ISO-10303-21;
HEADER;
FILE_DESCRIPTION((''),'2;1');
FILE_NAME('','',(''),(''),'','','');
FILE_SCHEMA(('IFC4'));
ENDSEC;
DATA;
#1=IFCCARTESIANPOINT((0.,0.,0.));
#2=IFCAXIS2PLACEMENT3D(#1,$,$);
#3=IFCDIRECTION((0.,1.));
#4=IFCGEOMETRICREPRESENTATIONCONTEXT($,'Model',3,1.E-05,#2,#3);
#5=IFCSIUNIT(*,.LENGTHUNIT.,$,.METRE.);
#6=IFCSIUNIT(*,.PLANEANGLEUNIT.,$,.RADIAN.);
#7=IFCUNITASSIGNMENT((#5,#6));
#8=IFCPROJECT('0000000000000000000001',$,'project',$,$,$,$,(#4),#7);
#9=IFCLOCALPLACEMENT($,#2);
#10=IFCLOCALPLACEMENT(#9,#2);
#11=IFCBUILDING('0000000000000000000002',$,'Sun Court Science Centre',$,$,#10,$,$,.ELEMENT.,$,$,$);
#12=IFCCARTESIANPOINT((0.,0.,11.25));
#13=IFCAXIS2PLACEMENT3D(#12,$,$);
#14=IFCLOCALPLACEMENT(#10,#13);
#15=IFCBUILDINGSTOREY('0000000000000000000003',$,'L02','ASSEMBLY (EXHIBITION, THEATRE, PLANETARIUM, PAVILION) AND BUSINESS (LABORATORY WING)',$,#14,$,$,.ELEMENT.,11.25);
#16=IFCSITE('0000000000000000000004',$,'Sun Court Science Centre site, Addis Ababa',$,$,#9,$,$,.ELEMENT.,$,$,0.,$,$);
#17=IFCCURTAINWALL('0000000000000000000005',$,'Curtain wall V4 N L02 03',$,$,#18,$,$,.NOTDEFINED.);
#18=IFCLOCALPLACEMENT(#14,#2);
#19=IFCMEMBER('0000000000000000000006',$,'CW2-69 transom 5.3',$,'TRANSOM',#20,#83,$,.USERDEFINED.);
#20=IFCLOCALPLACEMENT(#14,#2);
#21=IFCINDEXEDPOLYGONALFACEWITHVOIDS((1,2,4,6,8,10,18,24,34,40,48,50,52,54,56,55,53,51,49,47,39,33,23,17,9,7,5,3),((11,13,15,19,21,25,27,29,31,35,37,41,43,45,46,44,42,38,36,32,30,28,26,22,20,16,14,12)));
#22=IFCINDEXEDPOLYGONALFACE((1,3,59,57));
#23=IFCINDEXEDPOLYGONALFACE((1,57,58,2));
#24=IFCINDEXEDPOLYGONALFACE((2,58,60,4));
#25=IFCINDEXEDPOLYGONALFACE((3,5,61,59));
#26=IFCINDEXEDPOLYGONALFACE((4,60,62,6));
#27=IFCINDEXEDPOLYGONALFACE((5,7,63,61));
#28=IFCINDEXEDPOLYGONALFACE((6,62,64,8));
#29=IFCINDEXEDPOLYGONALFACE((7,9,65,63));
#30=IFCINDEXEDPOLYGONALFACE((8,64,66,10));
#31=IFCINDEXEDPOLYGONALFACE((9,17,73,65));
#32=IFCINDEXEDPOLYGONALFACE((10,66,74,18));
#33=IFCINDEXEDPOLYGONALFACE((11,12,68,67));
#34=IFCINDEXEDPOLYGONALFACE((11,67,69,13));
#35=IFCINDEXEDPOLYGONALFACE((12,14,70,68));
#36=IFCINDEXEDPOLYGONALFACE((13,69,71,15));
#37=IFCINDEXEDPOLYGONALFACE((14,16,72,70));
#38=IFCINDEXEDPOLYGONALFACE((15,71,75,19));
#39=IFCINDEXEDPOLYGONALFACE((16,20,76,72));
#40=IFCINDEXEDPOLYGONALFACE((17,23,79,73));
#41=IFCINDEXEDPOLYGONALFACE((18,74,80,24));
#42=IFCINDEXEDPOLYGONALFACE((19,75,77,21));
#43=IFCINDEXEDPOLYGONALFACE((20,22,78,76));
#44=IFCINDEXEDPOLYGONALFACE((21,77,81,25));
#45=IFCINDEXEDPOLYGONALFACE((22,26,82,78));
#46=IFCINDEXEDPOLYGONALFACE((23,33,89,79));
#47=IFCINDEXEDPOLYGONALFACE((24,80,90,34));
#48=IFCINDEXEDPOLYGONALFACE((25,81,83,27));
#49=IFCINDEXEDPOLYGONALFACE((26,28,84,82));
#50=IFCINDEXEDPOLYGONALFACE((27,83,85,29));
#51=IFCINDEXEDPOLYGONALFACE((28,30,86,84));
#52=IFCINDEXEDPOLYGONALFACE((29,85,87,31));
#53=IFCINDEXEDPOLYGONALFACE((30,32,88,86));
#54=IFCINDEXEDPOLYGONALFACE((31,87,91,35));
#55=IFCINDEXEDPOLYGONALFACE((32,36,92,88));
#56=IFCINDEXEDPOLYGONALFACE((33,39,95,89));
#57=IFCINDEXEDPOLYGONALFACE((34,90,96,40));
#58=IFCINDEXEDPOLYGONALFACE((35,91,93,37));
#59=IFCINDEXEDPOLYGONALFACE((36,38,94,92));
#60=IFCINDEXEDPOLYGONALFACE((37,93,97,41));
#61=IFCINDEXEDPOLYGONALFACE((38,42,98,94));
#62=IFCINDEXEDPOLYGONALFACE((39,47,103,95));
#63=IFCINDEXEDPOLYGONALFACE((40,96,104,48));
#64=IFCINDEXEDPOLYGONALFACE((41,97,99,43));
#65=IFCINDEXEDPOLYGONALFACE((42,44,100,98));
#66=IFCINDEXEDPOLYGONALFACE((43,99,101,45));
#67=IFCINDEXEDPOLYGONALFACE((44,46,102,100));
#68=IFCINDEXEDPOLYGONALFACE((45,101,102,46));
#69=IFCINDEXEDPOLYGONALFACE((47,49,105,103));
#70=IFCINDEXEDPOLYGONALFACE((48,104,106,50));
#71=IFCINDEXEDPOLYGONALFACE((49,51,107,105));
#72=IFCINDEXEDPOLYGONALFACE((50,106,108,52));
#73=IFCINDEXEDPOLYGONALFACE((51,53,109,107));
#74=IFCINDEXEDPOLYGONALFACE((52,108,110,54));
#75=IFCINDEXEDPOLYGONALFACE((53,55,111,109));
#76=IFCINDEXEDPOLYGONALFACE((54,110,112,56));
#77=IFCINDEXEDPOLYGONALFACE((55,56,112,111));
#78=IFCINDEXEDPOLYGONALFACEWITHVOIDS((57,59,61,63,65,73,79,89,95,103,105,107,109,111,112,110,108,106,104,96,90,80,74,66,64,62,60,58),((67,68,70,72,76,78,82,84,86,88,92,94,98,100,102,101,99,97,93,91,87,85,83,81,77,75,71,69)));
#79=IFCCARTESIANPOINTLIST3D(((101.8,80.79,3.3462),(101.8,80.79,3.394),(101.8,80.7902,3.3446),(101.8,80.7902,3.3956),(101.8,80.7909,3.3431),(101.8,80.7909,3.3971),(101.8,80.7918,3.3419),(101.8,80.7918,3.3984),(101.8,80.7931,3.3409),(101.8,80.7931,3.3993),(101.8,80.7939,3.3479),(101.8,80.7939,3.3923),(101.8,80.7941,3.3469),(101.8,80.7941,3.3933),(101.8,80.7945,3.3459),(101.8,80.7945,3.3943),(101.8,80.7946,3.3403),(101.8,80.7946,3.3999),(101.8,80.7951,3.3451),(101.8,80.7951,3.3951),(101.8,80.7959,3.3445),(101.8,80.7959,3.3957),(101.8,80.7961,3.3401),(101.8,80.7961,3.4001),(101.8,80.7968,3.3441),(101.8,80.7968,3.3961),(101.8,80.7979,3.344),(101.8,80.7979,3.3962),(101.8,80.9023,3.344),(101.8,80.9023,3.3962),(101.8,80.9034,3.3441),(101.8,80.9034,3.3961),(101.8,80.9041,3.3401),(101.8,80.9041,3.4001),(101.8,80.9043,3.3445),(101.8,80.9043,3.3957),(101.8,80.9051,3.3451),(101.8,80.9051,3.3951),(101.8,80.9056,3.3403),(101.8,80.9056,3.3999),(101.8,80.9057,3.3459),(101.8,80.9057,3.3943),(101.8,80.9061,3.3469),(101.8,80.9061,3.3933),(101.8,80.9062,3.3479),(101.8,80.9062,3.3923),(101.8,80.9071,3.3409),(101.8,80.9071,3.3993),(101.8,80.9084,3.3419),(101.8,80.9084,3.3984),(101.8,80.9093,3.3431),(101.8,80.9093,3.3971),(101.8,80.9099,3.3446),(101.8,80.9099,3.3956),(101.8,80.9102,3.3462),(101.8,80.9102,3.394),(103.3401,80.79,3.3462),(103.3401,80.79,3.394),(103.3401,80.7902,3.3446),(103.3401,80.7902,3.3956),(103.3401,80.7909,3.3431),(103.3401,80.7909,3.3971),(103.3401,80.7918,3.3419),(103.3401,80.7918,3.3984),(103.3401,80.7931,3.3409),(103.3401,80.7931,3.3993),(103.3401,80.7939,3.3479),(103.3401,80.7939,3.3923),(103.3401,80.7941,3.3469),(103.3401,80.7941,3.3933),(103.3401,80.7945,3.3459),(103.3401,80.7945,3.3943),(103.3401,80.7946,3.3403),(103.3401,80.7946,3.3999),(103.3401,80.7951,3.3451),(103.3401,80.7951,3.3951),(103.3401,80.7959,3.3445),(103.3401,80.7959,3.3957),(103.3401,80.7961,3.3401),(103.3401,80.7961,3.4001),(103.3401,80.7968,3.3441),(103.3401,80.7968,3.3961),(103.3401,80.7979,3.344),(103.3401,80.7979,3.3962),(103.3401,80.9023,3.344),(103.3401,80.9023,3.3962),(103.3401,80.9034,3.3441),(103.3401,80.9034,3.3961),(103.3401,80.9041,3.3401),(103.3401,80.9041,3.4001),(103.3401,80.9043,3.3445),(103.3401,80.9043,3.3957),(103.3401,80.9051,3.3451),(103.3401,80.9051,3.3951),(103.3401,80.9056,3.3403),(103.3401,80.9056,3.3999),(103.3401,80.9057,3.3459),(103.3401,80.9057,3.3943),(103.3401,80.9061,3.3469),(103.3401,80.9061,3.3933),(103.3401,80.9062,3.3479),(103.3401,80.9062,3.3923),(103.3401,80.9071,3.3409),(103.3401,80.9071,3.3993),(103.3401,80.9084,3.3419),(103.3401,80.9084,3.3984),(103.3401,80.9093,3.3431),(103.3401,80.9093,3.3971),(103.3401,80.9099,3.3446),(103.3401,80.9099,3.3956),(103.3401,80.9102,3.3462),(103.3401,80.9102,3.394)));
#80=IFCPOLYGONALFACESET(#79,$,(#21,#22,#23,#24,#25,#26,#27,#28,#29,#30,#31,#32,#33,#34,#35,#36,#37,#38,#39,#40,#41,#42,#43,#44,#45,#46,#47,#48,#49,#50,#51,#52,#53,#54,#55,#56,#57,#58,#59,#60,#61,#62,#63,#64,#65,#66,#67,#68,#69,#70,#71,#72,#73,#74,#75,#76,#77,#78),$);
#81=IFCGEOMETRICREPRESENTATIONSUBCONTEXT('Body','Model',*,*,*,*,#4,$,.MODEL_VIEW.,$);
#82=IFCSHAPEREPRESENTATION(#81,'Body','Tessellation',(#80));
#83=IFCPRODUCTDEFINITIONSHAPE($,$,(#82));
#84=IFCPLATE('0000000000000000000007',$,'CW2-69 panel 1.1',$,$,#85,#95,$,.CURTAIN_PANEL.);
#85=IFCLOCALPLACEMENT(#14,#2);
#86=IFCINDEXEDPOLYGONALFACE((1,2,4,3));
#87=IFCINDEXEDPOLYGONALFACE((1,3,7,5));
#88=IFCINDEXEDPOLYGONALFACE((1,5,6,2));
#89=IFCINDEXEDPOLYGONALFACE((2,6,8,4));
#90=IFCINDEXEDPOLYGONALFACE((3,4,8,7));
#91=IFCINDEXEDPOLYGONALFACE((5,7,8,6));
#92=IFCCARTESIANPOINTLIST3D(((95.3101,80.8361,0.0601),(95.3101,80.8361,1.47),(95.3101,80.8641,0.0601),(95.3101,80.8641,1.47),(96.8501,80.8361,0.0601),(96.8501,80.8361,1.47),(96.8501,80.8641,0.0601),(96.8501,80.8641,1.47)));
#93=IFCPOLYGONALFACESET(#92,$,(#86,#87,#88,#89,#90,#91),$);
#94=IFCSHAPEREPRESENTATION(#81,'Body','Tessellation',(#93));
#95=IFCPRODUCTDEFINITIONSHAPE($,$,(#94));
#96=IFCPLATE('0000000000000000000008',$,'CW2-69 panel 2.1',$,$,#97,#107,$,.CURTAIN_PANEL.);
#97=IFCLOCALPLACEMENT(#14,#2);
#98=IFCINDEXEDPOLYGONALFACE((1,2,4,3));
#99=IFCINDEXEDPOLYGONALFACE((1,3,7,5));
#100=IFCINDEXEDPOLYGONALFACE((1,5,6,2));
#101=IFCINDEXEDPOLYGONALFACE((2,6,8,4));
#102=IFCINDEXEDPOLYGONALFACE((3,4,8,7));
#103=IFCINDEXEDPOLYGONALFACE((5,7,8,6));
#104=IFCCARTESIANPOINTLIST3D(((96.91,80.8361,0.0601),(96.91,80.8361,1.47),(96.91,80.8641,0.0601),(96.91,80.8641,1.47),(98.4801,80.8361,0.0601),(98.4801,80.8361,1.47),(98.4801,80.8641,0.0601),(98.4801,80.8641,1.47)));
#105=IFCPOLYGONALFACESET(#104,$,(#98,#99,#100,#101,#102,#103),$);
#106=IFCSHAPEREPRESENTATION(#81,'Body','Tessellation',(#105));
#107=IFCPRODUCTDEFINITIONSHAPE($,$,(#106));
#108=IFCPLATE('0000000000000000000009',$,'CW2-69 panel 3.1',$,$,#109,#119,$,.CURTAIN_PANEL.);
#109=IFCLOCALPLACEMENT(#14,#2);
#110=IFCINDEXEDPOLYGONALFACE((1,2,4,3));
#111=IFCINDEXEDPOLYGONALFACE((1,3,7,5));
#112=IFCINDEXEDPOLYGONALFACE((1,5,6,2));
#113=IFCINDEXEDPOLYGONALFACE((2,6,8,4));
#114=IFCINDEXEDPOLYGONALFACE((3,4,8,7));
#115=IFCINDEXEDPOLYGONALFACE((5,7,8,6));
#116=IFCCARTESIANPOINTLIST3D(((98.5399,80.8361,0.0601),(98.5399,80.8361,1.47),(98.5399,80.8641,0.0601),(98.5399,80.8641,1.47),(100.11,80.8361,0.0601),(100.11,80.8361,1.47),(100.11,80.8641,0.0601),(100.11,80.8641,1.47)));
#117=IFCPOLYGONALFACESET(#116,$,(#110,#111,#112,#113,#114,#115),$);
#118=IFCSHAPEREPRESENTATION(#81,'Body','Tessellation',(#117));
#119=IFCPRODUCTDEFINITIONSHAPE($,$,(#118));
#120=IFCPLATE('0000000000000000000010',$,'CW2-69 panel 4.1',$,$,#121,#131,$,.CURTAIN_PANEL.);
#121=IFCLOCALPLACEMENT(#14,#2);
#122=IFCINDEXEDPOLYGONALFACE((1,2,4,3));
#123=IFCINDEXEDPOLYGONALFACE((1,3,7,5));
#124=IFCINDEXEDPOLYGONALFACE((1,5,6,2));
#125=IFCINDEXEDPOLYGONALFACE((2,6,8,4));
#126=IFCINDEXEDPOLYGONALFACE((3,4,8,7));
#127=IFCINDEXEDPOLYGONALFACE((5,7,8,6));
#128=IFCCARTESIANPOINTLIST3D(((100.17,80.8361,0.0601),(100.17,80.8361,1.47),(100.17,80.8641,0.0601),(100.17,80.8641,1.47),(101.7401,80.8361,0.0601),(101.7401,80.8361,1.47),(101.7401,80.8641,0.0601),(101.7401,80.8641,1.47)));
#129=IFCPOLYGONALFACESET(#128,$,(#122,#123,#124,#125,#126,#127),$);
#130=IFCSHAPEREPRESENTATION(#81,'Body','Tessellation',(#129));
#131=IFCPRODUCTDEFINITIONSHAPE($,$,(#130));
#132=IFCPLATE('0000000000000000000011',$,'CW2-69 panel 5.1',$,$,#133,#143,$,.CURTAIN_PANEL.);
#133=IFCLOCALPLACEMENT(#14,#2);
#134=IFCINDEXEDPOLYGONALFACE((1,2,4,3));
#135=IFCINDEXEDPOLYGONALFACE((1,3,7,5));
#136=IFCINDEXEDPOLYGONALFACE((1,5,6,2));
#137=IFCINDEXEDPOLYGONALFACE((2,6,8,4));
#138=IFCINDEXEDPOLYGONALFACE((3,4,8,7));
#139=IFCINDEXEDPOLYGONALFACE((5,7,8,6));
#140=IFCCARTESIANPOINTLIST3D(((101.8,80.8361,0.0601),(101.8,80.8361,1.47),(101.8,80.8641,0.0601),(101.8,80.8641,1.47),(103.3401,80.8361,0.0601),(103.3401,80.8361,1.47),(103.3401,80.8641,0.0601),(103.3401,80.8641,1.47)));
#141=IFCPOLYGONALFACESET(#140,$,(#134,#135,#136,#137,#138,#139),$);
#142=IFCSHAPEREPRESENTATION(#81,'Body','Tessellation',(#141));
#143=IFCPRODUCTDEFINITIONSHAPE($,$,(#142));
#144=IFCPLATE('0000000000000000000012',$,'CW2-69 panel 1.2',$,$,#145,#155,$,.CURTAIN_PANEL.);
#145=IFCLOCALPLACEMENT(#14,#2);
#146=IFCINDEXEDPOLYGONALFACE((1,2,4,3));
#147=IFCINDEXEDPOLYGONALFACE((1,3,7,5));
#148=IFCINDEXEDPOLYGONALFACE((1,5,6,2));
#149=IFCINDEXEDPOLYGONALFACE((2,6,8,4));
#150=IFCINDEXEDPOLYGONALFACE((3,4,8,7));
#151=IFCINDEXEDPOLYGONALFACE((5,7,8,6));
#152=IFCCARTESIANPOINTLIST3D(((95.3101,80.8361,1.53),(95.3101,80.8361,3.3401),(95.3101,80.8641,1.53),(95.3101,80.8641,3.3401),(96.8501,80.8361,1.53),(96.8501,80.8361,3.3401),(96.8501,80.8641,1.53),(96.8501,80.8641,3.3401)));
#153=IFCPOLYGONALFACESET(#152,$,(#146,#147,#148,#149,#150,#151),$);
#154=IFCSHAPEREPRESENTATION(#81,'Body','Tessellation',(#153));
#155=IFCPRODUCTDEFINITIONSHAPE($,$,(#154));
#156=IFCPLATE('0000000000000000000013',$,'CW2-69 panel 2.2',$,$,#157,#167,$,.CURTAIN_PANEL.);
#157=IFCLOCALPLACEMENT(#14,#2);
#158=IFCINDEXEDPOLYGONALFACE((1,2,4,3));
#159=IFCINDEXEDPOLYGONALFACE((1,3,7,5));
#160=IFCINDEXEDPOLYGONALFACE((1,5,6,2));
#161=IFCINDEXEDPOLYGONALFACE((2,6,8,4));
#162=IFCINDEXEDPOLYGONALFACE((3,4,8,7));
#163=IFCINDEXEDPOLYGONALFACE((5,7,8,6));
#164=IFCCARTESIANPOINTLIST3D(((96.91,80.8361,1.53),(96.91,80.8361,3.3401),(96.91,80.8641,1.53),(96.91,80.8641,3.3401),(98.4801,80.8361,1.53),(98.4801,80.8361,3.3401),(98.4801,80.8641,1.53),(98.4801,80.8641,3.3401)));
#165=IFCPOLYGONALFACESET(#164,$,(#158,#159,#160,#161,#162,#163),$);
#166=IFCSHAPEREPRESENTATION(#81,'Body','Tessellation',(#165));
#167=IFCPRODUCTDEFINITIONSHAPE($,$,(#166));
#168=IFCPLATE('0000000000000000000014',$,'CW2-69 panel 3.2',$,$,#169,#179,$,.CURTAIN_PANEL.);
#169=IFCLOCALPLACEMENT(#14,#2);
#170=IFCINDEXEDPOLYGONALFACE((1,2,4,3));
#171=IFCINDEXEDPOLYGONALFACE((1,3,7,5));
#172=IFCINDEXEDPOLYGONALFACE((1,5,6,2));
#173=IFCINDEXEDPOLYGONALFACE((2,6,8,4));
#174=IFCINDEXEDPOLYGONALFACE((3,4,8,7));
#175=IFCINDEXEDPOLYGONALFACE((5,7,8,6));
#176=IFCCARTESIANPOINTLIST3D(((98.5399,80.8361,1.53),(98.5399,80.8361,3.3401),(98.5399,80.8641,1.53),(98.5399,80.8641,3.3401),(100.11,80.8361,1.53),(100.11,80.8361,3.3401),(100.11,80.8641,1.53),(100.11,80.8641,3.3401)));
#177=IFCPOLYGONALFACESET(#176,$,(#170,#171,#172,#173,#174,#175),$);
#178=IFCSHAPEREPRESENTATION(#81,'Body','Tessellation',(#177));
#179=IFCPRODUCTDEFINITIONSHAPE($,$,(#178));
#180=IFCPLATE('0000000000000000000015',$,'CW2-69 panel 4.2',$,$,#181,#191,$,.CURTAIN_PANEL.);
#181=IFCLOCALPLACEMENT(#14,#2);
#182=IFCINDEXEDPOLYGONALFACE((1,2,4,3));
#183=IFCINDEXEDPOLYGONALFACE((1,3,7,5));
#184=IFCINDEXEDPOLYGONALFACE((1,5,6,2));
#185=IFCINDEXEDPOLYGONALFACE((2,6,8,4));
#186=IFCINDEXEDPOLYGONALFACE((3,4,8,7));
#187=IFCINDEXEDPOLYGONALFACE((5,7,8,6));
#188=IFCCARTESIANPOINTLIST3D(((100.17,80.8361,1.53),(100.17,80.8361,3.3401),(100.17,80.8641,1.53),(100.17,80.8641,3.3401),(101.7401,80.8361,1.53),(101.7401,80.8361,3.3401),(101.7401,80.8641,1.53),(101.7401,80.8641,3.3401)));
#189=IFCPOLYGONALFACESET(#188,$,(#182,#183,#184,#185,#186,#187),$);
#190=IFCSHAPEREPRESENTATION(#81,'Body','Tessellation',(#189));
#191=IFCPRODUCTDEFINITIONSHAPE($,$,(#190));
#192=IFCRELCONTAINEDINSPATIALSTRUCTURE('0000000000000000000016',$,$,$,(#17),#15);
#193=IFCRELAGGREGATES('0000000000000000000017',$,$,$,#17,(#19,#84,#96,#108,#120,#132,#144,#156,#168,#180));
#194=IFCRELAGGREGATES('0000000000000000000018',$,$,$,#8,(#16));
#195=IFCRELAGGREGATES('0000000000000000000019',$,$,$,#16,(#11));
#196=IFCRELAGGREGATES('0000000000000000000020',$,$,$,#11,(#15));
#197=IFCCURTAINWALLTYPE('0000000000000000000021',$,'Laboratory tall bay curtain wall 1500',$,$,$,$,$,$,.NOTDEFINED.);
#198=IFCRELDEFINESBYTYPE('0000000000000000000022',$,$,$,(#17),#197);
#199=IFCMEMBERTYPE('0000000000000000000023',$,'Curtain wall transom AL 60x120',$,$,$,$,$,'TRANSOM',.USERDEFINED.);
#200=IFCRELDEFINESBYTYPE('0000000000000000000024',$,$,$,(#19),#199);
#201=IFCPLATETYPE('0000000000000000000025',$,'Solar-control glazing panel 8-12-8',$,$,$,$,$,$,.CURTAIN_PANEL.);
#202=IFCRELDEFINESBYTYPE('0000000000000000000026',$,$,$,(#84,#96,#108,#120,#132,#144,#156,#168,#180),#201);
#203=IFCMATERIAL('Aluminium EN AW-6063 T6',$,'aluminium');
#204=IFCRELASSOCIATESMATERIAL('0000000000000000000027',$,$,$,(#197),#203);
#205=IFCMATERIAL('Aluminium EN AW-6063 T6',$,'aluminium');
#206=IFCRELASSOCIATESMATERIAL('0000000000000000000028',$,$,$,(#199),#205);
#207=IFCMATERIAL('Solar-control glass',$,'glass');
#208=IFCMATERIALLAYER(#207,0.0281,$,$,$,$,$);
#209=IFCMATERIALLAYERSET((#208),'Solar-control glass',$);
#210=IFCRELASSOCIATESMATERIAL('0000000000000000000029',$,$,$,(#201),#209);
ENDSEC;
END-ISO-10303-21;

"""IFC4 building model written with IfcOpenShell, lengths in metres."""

from ifc_helpers import new_model, si_unit, direction, frame, origin, origin_2d, place, context, subcontext, project, spatial, rectangle, hollow_rectangle, extrude, material, layer, layer_set, material_profile, profile_set, type_object, element, aggregate, save


model = new_model("IFC4")

# Units and contexts
model_context = context("Model", 3, precision=1e-05, world=origin(), true_north=direction((0.0, 1.0)))
body_context = subcontext(model_context, "Body", "Model", "MODEL_VIEW")
ifc_project = project(units=[si_unit("LENGTHUNIT", "METRE"), si_unit("PLANEANGLEUNIT", "RADIAN")], contexts=[model_context])

# Site, building, storey
site_placement = place(None, origin())
site = spatial("IfcSite", under=ifc_project, at=site_placement, Name="Sun Court Science Centre site, Addis Ababa", CompositionType="ELEMENT", RefElevation=0.0)
building_placement = place(site_placement, origin())
building = spatial("IfcBuilding", under=site, at=building_placement, Name="Sun Court Science Centre", CompositionType="ELEMENT")
storey_placement = place(building_placement, frame((0.0, 0.0, 11.25)))
storey = spatial("IfcBuildingStorey", under=building, at=storey_placement, Name="L02", Description="ASSEMBLY (EXHIBITION, THEATRE, PLANETARIUM, PAVILION) AND BUSINESS (LABORATORY WING)", CompositionType="ELEMENT", Elevation=11.25)

# Curtain wall, member, plates
ifc_material_1 = material(Name="Aluminium EN AW-6063 T6", Category="aluminium")
curtain_wall_type = type_object("IfcCurtainWallType", Name="Laboratory tall bay curtain wall 1500", PredefinedType="NOTDEFINED", material=ifc_material_1)
curtain_wall_placement = place(storey_placement, origin())
curtain_wall = element("IfcCurtainWall", 1, at=curtain_wall_placement, inside=storey, type_object=curtain_wall_type, Name="Curtain wall V4 N L02 03", PredefinedType="NOTDEFINED")
ifc_material_2 = material(Name="Aluminium EN AW-6063 T6", Category="aluminium")
ifc_material_profile_1 = material_profile(ifc_material_2, hollow_rectangle(XDim=0.0601, YDim=0.1201, WallThickness=0.0039, InnerFilletRadius=0.0039, OuterFilletRadius=0.0061, at=origin_2d()), Name="AL 60x120x4")
ifc_profile_set_1 = profile_set([ifc_material_profile_1], Name="Aluminium EN AW-6063 T6")
member_type_1 = type_object("IfcMemberType", Name="Curtain wall transom AL 60x120", ElementType="TRANSOM", PredefinedType="USERDEFINED", material=ifc_profile_set_1)
member_1_placement = place(storey_placement, frame((101.8, 80.8501, 3.3701), z_axis=(1.0, 0.0, 0.0), x_axis=(0.0, 0.0, 1.0)))
member_1 = element("IfcMember", 2, at=member_1_placement, type_object=member_type_1, Name="CW2-69 transom 5.3", ObjectType="TRANSOM", PredefinedType="USERDEFINED", context=body_context, shape_type="SweptSolid", body=[
    extrude(hollow_rectangle(XDim=0.0601, YDim=0.1201, WallThickness=0.0039, InnerFilletRadius=0.0039, OuterFilletRadius=0.0061, at=origin_2d()), origin(), (0.0, 0.0, 1.0), 1.54),
])
ifc_material_3 = material(Name="Solar-control glass", Category="glass")
ifc_layer_1 = layer(ifc_material_3, 0.0281)
ifc_layer_set_1 = layer_set([ifc_layer_1], Name="Solar-control glass")
plate_type = type_object("IfcPlateType", Name="Solar-control glazing panel 8-12-8", PredefinedType="CURTAIN_PANEL", material=ifc_layer_set_1)
plate_1_placement = place(storey_placement, frame((96.0801, 80.8501, 0.0601), z_axis=(0.0, 0.0, 1.0), x_axis=(1.0, 0.0, 0.0)))
plate_1 = element("IfcPlate", 3, at=plate_1_placement, type_object=plate_type, Name="CW2-69 panel 1.1", PredefinedType="CURTAIN_PANEL", context=body_context, shape_type="SweptSolid", body=[
    extrude(rectangle(XDim=1.54, YDim=0.0281, at=origin_2d()), origin(), (0.0, 0.0, 1.0), 1.4099),
])
plate_2_placement = place(storey_placement, frame((97.6951, 80.8501, 0.0601), z_axis=(0.0, 0.0, 1.0), x_axis=(1.0, 0.0, 0.0)))
plate_2 = element("IfcPlate", 4, at=plate_2_placement, type_object=plate_type, Name="CW2-69 panel 2.1", PredefinedType="CURTAIN_PANEL", context=body_context, shape_type="SweptSolid", body=[
    extrude(rectangle(XDim=1.5701, YDim=0.0281, at=origin_2d()), origin(), (0.0, 0.0, 1.0), 1.4099),
])
plate_3_placement = place(storey_placement, frame((99.325, 80.8501, 0.0601), z_axis=(0.0, 0.0, 1.0), x_axis=(1.0, 0.0, 0.0)))
plate_3 = element("IfcPlate", 5, at=plate_3_placement, type_object=plate_type, Name="CW2-69 panel 3.1", PredefinedType="CURTAIN_PANEL", context=body_context, shape_type="SweptSolid", body=[
    extrude(rectangle(XDim=1.5701, YDim=0.0281, at=origin_2d()), origin(), (0.0, 0.0, 1.0), 1.4099),
])
plate_4_placement = place(storey_placement, frame((100.9551, 80.8501, 0.0601), z_axis=(0.0, 0.0, 1.0), x_axis=(1.0, 0.0, 0.0)))
plate_4 = element("IfcPlate", 6, at=plate_4_placement, type_object=plate_type, Name="CW2-69 panel 4.1", PredefinedType="CURTAIN_PANEL", context=body_context, shape_type="SweptSolid", body=[
    extrude(rectangle(XDim=1.5701, YDim=0.0281, at=origin_2d()), origin(), (0.0, 0.0, 1.0), 1.4099),
])
plate_5_placement = place(storey_placement, frame((102.5701, 80.8501, 0.0601), z_axis=(0.0, 0.0, 1.0), x_axis=(1.0, 0.0, 0.0)))
plate_5 = element("IfcPlate", 7, at=plate_5_placement, type_object=plate_type, Name="CW2-69 panel 5.1", PredefinedType="CURTAIN_PANEL", context=body_context, shape_type="SweptSolid", body=[
    extrude(rectangle(XDim=1.54, YDim=0.0281, at=origin_2d()), origin(), (0.0, 0.0, 1.0), 1.4099),
])
plate_6_placement = place(storey_placement, frame((96.0801, 80.8501, 1.53), z_axis=(0.0, 0.0, 1.0), x_axis=(1.0, 0.0, 0.0)))
plate_6 = element("IfcPlate", 8, at=plate_6_placement, type_object=plate_type, Name="CW2-69 panel 1.2", PredefinedType="CURTAIN_PANEL", context=body_context, shape_type="SweptSolid", body=[
    extrude(rectangle(XDim=1.54, YDim=0.0281, at=origin_2d()), origin(), (0.0, 0.0, 1.0), 1.8101),
])
plate_7_placement = place(storey_placement, frame((97.6951, 80.8501, 1.53), z_axis=(0.0, 0.0, 1.0), x_axis=(1.0, 0.0, 0.0)))
plate_7 = element("IfcPlate", 9, at=plate_7_placement, type_object=plate_type, Name="CW2-69 panel 2.2", PredefinedType="CURTAIN_PANEL", context=body_context, shape_type="SweptSolid", body=[
    extrude(rectangle(XDim=1.5701, YDim=0.0281, at=origin_2d()), origin(), (0.0, 0.0, 1.0), 1.8101),
])
plate_8_placement = place(storey_placement, frame((99.325, 80.8501, 1.53), z_axis=(0.0, 0.0, 1.0), x_axis=(1.0, 0.0, 0.0)))
plate_8 = element("IfcPlate", 10, at=plate_8_placement, type_object=plate_type, Name="CW2-69 panel 3.2", PredefinedType="CURTAIN_PANEL", context=body_context, shape_type="SweptSolid", body=[
    extrude(rectangle(XDim=1.5701, YDim=0.0281, at=origin_2d()), origin(), (0.0, 0.0, 1.0), 1.8101),
])
plate_9_placement = place(storey_placement, frame((100.9551, 80.8501, 1.53), z_axis=(0.0, 0.0, 1.0), x_axis=(1.0, 0.0, 0.0)))
plate_9 = element("IfcPlate", 11, at=plate_9_placement, type_object=plate_type, Name="CW2-69 panel 4.2", PredefinedType="CURTAIN_PANEL", context=body_context, shape_type="SweptSolid", body=[
    extrude(rectangle(XDim=1.5701, YDim=0.0281, at=origin_2d()), origin(), (0.0, 0.0, 1.0), 1.8101),
])
aggregate(curtain_wall, [member_1, plate_1, plate_2, plate_3, plate_4, plate_5, plate_6, plate_7, plate_8, plate_9])

save(model, "model.ifc")
